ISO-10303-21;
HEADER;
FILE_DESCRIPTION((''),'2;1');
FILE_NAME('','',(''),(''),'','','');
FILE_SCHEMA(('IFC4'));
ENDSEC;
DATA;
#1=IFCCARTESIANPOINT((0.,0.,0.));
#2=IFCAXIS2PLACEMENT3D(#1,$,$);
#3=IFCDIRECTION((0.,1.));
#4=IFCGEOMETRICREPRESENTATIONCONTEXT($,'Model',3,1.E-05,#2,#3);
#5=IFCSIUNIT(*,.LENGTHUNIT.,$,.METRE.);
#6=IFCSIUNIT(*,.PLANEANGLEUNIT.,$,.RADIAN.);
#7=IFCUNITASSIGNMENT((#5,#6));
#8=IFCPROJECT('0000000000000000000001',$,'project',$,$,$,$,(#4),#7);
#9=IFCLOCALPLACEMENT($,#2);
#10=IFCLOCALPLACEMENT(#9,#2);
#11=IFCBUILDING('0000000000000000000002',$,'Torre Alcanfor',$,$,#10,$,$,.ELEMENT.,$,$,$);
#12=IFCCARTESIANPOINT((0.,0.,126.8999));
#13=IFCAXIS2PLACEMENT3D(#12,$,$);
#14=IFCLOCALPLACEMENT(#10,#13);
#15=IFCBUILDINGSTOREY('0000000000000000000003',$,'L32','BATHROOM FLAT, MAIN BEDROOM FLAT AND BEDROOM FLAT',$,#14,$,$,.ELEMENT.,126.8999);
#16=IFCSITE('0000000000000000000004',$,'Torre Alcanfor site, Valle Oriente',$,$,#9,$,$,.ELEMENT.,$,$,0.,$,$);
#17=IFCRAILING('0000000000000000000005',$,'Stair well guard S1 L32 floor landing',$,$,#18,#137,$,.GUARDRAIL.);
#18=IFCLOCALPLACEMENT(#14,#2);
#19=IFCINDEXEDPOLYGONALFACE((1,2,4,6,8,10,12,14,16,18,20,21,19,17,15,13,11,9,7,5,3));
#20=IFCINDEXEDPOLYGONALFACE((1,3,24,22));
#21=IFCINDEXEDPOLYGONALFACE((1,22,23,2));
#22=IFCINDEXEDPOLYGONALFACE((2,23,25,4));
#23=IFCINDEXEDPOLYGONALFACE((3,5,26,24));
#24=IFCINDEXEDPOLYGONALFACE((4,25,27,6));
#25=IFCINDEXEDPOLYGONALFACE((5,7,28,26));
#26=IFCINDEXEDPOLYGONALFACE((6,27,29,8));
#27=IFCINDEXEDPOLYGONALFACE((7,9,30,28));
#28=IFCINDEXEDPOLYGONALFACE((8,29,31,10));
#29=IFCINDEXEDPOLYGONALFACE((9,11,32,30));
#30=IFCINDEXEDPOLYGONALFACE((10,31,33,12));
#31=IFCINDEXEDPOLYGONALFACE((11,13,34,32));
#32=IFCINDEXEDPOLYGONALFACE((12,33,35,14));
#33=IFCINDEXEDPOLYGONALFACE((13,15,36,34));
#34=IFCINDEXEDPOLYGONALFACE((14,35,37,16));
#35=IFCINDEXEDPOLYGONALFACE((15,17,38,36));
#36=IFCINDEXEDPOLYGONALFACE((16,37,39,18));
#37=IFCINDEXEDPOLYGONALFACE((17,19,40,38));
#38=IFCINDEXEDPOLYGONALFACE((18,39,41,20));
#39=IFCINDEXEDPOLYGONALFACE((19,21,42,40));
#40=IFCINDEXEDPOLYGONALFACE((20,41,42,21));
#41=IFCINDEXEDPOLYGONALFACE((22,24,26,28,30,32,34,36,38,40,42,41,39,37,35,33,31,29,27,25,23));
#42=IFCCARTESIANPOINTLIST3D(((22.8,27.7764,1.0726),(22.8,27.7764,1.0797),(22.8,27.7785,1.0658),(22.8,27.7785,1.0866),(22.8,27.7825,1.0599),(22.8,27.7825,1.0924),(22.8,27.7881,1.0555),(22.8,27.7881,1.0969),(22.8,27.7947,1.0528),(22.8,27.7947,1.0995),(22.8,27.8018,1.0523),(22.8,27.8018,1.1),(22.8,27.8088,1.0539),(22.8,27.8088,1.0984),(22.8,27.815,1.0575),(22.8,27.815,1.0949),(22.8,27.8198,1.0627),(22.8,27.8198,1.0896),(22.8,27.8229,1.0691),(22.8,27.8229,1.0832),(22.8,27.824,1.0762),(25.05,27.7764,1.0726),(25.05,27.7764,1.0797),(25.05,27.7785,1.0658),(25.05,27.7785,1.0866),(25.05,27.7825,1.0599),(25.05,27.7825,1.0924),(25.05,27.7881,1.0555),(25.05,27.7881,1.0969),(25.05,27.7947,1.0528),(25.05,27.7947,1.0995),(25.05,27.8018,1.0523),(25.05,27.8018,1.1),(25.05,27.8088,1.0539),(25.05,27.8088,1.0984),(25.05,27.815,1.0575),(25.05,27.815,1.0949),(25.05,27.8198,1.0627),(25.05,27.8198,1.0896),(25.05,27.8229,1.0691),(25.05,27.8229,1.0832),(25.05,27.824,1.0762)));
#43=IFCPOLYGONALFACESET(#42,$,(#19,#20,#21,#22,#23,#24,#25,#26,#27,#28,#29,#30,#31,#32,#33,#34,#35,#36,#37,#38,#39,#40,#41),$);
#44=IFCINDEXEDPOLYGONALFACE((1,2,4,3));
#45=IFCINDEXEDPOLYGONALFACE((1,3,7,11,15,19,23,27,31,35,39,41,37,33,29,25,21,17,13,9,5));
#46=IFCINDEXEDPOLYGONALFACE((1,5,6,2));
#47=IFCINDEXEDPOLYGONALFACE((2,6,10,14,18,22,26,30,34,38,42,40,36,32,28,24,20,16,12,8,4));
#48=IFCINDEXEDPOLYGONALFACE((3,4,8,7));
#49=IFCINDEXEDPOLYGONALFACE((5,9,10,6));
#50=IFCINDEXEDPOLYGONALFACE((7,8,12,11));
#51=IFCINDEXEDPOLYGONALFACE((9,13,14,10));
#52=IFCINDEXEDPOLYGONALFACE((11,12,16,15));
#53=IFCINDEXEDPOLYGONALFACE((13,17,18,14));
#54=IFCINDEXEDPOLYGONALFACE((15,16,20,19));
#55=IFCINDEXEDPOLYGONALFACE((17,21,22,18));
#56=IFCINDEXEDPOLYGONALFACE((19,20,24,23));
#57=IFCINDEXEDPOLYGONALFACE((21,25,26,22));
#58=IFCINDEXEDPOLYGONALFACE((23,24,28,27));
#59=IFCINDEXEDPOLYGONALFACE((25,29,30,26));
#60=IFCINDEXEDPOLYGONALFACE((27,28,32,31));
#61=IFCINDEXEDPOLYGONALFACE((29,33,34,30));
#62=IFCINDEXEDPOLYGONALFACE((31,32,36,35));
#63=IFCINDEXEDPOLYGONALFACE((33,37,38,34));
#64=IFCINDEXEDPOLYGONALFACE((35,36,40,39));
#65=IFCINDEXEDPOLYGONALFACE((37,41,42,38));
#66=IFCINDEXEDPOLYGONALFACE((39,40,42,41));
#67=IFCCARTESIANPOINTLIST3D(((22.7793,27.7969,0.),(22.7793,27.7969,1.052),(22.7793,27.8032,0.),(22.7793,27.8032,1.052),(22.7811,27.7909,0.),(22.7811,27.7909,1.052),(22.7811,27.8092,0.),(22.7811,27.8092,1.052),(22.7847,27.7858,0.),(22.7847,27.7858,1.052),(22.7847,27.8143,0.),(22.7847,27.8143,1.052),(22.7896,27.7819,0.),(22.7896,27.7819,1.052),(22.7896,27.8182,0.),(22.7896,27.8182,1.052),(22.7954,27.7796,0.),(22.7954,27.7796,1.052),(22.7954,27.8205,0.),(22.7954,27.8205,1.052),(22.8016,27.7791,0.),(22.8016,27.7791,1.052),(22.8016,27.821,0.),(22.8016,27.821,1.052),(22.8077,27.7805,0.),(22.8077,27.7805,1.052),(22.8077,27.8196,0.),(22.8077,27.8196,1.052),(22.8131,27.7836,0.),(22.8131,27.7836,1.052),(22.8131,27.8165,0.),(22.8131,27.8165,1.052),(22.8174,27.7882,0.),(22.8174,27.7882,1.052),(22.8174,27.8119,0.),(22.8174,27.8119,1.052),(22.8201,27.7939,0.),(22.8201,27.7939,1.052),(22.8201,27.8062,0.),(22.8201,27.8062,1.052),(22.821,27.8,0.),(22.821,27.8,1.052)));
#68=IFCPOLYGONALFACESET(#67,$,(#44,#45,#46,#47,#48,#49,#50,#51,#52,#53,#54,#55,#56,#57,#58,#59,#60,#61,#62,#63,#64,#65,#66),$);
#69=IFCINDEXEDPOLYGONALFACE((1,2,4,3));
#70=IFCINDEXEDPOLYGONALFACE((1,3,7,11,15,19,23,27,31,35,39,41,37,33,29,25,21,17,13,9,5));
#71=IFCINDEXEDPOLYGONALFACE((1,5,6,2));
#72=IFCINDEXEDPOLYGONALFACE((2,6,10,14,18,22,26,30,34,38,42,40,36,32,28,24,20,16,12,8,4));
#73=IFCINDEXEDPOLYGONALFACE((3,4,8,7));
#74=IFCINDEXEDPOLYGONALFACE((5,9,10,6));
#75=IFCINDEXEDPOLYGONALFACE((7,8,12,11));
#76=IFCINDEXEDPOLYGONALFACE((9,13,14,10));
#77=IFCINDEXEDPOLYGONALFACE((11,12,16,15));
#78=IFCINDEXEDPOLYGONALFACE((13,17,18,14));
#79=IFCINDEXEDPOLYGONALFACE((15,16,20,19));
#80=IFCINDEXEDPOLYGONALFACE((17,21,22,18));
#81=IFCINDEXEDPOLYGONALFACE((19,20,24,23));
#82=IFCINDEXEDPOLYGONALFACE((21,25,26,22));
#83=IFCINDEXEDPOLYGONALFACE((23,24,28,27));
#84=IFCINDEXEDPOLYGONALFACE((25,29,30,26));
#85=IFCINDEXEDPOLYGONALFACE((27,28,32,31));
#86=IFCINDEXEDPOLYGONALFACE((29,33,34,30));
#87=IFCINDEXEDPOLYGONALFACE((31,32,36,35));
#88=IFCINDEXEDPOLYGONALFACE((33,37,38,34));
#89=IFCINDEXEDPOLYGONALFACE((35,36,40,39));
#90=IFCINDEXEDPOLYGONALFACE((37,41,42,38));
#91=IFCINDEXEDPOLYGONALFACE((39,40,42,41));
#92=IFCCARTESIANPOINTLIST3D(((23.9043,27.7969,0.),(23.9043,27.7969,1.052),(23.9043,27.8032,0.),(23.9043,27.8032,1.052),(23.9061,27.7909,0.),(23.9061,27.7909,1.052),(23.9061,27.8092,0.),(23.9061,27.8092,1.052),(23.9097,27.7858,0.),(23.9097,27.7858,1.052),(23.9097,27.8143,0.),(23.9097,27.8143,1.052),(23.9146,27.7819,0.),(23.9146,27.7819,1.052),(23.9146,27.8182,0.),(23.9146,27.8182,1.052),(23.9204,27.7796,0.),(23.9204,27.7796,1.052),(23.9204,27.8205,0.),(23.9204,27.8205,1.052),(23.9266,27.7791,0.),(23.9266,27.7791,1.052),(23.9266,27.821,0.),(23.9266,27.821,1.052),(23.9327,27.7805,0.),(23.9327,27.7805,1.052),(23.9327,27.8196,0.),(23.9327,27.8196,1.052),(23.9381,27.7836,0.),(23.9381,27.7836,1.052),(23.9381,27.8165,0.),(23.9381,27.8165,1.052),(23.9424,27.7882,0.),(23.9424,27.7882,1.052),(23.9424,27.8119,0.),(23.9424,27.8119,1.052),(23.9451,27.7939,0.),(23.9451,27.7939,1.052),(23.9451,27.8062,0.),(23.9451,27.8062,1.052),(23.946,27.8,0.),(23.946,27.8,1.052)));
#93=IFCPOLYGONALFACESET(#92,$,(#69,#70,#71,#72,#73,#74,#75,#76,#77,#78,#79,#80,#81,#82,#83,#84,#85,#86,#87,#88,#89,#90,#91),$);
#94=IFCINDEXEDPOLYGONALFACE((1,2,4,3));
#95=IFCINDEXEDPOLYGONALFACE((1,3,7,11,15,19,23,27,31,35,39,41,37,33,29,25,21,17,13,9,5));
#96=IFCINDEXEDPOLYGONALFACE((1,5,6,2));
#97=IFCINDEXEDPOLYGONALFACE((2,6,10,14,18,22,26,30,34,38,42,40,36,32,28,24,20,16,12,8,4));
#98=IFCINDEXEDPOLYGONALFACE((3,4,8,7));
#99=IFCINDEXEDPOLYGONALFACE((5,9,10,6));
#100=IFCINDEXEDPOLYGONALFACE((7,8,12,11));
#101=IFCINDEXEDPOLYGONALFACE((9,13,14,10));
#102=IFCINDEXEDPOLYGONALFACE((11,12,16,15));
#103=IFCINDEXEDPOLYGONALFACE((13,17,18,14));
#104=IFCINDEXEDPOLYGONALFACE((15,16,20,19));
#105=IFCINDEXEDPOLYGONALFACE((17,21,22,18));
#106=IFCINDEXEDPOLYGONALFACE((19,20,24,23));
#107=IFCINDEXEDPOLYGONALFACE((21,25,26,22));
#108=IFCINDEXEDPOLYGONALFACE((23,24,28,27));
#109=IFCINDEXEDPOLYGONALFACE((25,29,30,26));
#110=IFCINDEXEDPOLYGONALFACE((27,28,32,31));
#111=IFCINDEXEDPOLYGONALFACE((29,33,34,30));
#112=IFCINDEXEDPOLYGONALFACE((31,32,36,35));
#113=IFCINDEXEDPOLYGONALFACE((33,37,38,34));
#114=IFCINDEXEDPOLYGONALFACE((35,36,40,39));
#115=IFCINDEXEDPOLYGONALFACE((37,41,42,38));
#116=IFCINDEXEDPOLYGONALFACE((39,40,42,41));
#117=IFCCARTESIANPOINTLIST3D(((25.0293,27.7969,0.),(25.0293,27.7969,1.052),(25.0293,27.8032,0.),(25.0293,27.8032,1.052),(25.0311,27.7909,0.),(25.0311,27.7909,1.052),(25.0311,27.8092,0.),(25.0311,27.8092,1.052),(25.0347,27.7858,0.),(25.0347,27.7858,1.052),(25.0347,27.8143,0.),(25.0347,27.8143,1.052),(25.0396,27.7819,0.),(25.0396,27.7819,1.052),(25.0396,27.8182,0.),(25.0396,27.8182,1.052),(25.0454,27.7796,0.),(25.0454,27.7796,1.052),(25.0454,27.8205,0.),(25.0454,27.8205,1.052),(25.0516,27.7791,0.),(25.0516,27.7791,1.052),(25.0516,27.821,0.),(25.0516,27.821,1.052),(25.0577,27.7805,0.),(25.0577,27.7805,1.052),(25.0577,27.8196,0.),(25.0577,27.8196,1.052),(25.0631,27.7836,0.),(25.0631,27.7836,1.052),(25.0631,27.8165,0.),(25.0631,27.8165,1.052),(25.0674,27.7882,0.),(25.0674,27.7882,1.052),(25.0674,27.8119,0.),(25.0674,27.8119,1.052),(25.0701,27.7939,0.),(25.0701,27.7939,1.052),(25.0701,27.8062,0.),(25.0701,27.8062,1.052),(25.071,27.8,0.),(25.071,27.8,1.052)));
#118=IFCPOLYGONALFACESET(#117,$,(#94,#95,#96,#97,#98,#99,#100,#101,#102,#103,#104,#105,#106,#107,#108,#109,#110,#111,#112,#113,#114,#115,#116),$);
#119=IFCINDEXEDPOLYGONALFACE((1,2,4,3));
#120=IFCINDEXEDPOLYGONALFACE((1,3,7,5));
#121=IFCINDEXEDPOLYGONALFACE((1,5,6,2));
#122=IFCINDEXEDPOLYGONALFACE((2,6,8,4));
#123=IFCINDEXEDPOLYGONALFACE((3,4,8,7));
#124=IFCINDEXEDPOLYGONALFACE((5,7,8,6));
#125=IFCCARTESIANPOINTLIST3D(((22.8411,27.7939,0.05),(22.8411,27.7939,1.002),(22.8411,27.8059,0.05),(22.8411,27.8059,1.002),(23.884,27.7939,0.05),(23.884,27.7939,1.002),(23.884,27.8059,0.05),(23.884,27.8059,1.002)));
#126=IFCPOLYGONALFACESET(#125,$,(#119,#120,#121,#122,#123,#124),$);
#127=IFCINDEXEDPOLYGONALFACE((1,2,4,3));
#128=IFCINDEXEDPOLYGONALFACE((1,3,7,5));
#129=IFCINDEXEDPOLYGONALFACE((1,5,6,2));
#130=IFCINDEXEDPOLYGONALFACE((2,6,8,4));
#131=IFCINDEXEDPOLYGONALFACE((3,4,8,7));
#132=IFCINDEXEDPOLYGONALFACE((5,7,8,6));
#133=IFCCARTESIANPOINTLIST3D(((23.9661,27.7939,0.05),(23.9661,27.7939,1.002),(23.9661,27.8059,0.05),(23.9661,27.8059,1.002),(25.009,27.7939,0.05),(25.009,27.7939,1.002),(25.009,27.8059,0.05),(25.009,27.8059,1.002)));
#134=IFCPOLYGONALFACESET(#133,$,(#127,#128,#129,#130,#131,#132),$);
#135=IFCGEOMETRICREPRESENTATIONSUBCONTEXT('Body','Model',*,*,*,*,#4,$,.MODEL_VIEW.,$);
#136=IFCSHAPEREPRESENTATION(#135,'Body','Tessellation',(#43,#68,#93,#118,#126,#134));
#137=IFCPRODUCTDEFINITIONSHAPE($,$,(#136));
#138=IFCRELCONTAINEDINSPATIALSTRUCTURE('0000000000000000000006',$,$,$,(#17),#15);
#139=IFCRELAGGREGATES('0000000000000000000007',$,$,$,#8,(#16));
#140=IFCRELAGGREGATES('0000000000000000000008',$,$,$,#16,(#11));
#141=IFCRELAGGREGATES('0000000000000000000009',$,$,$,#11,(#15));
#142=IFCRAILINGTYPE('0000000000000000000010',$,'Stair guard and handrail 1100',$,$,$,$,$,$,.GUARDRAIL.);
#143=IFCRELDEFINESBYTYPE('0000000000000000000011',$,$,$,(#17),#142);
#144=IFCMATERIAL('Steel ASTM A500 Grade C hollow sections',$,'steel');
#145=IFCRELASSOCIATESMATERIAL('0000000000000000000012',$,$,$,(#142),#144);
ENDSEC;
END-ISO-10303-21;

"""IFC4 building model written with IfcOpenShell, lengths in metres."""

from ifc_helpers import new_model, si_unit, direction, frame, origin, origin_2d, place, context, subcontext, project, spatial, polyline, circle, outline, extrude, material, type_object, element, save


model = new_model("IFC4")

# Units and contexts
model_context = context("Model", 3, precision=1e-05, world=origin(), true_north=direction((0.0, 1.0)))
body_context = subcontext(model_context, "Body", "Model", "MODEL_VIEW")
ifc_project = project(units=[si_unit("LENGTHUNIT", "METRE"), si_unit("PLANEANGLEUNIT", "RADIAN")], contexts=[model_context])

# Site, building, storey
site_placement = place(None, origin())
site = spatial("IfcSite", under=ifc_project, at=site_placement, Name="Torre Alcanfor site, Valle Oriente", CompositionType="ELEMENT", RefElevation=0.0)
building_placement = place(site_placement, origin())
building = spatial("IfcBuilding", under=site, at=building_placement, Name="Torre Alcanfor", CompositionType="ELEMENT")
storey_placement = place(building_placement, frame((0.0, 0.0, 126.8999)))
storey = spatial("IfcBuildingStorey", under=building, at=storey_placement, Name="L32", Description="BATHROOM FLAT, MAIN BEDROOM FLAT AND BEDROOM FLAT", CompositionType="ELEMENT", Elevation=126.8999)

# Railing
ifc_material_1 = material(Name="Steel ASTM A500 Grade C hollow sections", Category="steel")
railing_type_1 = type_object("IfcRailingType", Name="Stair guard and handrail 1100", PredefinedType="GUARDRAIL", material=ifc_material_1)
railing_1_placement = place(storey_placement, frame((22.8, 27.8, 0.0)))
element("IfcRailing", 1, at=railing_1_placement, inside=storey, type_object=railing_type_1, Name="Stair well guard S1 L32 floor landing", PredefinedType="GUARDRAIL", context=body_context, shape_type="SweptSolid", body=[
    extrude(circle(Radius=0.0239, at=origin_2d()), frame((0.0, 0.0, 1.0762), z_axis=(1.0, 0.0, 0.0), x_axis=(0.0, 1.0, 0.0)), (0.0, 0.0, 1.0), 2.25),
    extrude(circle(Radius=0.021, at=origin_2d()), origin(), (0.0, 0.0, 1.0), 1.052),
    extrude(circle(Radius=0.021, at=origin_2d()), frame((1.125, 0.0, 0.0)), (0.0, 0.0, 1.0), 1.052),
    extrude(circle(Radius=0.021, at=origin_2d()), frame((2.25, 0.0, 0.0)), (0.0, 0.0, 1.0), 1.052),
    extrude(outline(polyline([(0.041, 0.05), (1.084, 0.05), (1.084, 1.002), (0.041, 1.002), (0.041, 0.05)])), frame((0.0, 0.0059, 0.0), z_axis=(0.0, -1.0, 0.0), x_axis=(1.0, 0.0, 0.0)), (0.0, 0.0, 1.0), 0.012),
    extrude(outline(polyline([(1.166, 0.05), (2.209, 0.05), (2.209, 1.002), (1.166, 1.002), (1.166, 0.05)])), frame((0.0, 0.0059, 0.0), z_axis=(0.0, -1.0, 0.0), x_axis=(1.0, 0.0, 0.0)), (0.0, 0.0, 1.0), 0.012),
])

save(model, "model.ifc")
